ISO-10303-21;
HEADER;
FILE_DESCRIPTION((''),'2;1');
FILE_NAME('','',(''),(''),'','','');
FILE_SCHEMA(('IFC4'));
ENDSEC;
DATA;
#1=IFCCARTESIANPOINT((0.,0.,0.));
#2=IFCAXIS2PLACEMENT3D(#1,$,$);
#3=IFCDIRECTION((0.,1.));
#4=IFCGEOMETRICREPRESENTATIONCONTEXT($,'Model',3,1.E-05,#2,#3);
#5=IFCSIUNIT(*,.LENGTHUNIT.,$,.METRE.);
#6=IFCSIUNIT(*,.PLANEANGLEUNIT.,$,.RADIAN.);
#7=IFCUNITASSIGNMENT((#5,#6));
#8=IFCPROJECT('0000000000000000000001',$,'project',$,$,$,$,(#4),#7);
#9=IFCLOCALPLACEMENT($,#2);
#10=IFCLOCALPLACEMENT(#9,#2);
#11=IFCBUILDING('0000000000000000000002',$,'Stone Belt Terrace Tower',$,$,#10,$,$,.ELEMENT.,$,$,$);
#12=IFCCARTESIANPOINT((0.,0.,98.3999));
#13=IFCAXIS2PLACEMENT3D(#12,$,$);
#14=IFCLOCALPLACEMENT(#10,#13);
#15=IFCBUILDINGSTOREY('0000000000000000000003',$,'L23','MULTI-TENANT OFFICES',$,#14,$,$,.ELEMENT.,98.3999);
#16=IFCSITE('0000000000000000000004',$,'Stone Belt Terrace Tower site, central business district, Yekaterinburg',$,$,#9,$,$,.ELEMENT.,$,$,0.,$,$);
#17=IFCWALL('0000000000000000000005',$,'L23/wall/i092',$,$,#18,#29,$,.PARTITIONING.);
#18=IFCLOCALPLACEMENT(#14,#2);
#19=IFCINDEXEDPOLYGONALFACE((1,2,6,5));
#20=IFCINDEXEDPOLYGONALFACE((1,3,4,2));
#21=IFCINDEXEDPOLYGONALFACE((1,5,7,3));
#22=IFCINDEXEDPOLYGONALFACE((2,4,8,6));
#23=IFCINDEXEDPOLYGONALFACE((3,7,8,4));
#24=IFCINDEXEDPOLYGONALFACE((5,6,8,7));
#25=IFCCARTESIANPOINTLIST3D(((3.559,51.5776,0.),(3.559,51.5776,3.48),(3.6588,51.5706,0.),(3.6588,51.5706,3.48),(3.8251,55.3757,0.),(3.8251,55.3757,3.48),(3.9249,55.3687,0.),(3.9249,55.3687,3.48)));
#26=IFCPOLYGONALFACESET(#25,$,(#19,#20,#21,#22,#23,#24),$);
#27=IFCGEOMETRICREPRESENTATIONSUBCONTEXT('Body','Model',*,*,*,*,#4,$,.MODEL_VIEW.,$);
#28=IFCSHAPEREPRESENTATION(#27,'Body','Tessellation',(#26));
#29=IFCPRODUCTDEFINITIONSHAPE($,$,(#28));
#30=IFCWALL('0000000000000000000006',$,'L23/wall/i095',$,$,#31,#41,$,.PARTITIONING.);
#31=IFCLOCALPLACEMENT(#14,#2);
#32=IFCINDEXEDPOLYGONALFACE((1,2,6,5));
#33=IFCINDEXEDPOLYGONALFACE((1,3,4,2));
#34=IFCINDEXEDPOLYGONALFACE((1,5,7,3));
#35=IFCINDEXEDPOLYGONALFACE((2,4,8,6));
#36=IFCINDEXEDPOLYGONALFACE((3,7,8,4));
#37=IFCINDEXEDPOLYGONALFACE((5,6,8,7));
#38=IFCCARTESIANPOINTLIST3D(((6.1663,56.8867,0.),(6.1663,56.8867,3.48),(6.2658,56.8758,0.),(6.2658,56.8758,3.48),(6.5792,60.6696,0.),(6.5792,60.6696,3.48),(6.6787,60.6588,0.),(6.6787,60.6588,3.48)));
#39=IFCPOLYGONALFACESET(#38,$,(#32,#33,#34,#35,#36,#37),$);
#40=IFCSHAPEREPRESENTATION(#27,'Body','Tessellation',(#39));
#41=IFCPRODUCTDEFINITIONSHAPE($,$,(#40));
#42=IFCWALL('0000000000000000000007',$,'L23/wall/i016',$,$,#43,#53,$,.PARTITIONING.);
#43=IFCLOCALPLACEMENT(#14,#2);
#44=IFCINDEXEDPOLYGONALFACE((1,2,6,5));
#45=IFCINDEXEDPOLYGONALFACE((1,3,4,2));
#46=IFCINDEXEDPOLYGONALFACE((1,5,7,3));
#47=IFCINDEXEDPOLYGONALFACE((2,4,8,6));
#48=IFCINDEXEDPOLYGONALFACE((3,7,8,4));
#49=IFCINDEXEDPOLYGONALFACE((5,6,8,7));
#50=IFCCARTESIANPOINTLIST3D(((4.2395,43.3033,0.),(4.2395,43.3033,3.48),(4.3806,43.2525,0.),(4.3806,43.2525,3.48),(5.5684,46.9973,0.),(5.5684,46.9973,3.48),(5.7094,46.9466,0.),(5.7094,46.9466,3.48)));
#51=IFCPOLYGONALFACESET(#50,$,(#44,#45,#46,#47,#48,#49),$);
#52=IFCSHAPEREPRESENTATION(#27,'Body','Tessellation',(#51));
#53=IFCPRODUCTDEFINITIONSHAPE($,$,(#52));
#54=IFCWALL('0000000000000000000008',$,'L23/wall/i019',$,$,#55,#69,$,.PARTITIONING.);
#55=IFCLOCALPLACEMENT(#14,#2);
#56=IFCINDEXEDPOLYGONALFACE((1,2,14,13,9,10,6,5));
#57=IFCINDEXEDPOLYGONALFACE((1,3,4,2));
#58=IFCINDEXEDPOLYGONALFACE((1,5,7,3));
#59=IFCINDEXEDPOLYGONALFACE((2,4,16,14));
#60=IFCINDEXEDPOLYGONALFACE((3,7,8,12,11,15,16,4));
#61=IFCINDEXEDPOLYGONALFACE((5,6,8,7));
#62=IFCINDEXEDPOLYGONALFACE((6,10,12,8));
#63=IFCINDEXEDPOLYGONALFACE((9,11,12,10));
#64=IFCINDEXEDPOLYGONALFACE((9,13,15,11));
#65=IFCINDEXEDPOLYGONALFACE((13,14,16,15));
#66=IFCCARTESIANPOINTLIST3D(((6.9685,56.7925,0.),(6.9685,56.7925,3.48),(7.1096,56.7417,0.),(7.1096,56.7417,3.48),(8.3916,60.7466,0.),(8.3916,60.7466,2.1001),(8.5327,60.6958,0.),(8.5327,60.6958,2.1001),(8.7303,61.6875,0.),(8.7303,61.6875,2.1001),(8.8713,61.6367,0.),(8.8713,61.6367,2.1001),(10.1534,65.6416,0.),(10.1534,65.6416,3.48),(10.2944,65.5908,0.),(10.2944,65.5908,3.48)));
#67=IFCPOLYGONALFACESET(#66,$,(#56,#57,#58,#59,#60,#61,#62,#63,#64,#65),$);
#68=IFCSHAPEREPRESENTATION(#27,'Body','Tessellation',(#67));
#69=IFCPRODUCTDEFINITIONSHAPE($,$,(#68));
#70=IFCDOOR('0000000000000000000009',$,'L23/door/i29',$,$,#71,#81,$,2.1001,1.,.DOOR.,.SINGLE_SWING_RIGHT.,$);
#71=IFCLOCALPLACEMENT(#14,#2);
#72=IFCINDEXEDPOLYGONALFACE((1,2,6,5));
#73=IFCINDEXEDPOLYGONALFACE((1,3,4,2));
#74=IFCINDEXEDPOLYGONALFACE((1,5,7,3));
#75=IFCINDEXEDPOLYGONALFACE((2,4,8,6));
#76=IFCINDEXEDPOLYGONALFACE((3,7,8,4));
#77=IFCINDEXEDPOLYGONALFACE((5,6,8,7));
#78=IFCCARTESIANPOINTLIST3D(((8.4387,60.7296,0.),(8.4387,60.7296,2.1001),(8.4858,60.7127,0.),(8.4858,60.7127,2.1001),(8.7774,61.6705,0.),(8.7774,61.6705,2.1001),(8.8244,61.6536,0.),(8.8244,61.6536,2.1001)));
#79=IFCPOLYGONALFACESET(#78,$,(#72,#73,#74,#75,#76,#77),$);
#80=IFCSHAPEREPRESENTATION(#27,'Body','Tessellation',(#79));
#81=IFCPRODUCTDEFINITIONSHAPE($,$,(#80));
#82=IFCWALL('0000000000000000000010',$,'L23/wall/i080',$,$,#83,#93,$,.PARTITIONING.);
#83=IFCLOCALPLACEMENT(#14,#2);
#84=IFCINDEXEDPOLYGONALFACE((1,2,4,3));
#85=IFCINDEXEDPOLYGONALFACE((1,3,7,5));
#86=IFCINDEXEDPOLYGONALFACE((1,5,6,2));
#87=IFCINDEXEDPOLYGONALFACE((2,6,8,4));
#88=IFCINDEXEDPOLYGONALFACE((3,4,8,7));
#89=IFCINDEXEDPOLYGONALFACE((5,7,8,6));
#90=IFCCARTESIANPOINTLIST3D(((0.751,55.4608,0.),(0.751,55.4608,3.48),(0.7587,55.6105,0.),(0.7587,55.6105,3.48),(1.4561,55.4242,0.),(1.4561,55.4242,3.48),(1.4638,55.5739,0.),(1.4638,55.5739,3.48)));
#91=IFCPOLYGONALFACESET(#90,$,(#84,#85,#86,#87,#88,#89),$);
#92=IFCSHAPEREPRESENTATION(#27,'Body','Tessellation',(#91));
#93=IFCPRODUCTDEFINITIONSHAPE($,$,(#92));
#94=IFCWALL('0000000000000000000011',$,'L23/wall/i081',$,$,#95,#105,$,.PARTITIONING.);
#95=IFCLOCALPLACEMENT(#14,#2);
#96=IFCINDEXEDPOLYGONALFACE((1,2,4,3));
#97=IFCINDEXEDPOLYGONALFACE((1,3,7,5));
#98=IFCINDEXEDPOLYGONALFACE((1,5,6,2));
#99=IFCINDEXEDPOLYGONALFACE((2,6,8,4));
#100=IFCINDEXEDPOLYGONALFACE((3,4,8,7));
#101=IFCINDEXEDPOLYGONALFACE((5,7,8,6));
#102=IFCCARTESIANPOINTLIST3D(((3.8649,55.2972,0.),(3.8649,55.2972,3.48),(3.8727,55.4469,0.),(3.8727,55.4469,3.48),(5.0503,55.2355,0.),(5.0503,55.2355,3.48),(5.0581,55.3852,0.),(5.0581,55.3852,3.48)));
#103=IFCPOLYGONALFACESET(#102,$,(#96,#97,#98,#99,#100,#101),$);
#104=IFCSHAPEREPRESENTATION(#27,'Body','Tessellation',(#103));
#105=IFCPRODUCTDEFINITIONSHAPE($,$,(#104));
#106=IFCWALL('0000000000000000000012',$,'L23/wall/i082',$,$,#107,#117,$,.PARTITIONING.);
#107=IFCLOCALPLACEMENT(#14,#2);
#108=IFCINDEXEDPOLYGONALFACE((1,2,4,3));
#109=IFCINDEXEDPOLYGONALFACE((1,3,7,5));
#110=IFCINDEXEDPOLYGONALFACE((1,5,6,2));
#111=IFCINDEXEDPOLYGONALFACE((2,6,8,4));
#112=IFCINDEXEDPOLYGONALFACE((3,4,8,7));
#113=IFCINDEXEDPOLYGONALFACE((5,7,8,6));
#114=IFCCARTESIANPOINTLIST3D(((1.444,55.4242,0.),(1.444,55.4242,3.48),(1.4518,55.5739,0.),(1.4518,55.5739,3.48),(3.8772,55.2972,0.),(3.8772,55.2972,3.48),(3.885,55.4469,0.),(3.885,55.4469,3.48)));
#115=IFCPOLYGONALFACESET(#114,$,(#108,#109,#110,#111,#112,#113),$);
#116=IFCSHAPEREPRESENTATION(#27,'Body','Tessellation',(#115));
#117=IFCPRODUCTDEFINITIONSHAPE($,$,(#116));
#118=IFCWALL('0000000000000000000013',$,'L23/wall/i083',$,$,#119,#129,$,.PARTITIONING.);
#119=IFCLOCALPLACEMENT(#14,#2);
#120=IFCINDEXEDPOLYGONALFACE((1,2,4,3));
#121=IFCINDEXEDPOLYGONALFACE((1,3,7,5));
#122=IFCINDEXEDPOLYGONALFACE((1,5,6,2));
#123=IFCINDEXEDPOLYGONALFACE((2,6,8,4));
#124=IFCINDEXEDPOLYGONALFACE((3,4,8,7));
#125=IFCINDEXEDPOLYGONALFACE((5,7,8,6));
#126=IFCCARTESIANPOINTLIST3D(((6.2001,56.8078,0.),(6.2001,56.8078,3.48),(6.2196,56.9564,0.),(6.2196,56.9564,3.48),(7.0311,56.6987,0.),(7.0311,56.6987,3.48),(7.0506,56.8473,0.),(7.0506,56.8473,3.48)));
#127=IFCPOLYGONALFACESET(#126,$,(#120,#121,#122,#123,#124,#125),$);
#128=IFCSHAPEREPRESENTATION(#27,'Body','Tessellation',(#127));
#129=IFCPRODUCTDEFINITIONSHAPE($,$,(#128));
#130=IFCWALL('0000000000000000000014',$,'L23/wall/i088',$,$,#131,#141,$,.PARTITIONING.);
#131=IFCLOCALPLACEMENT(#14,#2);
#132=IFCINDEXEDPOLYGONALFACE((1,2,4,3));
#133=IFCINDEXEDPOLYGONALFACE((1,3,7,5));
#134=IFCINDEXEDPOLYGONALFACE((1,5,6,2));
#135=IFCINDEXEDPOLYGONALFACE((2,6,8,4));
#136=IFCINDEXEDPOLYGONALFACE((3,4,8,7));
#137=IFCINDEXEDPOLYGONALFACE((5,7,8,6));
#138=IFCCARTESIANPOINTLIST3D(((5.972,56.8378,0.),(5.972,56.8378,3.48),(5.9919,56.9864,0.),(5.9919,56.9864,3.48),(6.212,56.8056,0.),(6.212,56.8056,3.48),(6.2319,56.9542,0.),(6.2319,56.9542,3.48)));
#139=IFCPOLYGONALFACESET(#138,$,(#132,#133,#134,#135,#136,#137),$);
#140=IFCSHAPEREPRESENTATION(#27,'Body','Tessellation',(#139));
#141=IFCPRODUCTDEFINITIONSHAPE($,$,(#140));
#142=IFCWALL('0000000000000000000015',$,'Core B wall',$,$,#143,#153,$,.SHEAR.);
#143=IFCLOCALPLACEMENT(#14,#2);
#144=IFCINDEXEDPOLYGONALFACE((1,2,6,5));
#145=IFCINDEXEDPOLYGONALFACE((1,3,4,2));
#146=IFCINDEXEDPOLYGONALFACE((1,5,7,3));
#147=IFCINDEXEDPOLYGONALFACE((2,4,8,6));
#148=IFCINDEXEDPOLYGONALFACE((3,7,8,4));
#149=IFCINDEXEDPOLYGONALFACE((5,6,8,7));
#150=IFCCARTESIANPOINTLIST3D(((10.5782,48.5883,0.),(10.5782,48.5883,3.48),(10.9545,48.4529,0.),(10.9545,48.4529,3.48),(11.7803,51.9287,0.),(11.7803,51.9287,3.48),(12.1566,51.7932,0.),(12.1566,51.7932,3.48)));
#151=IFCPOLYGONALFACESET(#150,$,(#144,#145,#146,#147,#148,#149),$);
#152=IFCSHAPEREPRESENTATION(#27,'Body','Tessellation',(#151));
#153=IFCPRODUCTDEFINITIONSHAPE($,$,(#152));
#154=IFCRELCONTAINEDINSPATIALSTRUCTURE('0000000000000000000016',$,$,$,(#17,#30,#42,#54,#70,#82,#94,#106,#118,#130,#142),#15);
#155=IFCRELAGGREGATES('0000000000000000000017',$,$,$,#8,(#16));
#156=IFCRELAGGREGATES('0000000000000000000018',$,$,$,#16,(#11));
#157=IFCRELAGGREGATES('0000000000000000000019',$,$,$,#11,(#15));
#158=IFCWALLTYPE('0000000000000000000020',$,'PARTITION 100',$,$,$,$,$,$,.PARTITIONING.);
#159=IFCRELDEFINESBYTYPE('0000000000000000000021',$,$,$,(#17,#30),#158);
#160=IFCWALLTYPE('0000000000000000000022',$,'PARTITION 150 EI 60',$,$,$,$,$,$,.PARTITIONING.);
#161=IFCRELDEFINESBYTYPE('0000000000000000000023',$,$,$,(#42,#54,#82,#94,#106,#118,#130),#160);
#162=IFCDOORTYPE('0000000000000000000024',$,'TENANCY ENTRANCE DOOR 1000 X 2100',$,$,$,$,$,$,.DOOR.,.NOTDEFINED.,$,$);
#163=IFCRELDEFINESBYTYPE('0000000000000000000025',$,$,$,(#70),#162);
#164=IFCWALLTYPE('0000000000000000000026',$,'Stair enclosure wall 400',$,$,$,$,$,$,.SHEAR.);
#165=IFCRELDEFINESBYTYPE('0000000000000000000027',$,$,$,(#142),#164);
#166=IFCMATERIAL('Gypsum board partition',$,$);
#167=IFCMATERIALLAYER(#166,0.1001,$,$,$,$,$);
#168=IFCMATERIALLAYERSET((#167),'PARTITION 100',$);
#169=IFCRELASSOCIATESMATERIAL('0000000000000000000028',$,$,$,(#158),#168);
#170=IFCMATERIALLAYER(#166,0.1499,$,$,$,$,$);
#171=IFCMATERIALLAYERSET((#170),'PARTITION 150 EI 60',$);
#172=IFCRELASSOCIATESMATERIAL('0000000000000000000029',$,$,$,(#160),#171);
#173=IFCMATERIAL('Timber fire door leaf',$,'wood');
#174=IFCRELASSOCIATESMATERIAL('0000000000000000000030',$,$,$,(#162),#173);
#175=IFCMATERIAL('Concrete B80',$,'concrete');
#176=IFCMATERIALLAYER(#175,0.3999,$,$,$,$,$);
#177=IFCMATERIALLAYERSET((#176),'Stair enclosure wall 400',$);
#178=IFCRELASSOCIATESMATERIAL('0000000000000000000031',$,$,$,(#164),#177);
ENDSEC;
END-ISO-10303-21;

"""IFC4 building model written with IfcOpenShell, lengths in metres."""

from ifc_helpers import new_model, si_unit, direction, frame, frame_2d, origin, place, context, subcontext, project, spatial, rectangle, extrude, material, layer, layer_set, type_object, element, fill, save


model = new_model("IFC4")

# Units and contexts
model_context = context("Model", 3, precision=1e-05, world=origin(), true_north=direction((0.0, 1.0)))
body_context = subcontext(model_context, "Body", "Model", "MODEL_VIEW")
ifc_project = project(units=[si_unit("LENGTHUNIT", "METRE"), si_unit("PLANEANGLEUNIT", "RADIAN")], contexts=[model_context])

# Site, building, storey
site_placement = place(None, origin())
site = spatial("IfcSite", under=ifc_project, at=site_placement, Name="Stone Belt Terrace Tower site, central business district, Yekaterinburg", CompositionType="ELEMENT", RefElevation=0.0)
building_placement = place(site_placement, origin())
building = spatial("IfcBuilding", under=site, at=building_placement, Name="Stone Belt Terrace Tower", CompositionType="ELEMENT")
storey_placement = place(building_placement, frame((0.0, 0.0, 98.3999)))
storey = spatial("IfcBuildingStorey", under=building, at=storey_placement, Name="L23", Description="MULTI-TENANT OFFICES", CompositionType="ELEMENT", Elevation=98.3999)

# Shared definitions
ifc_material_1 = material(Name="Concrete B80", Category="concrete")

# Shared definitions
ifc_material_2 = material(Name="Gypsum board partition")
ifc_layer_1 = layer(ifc_material_2, 0.1001)
ifc_layer_set_1 = layer_set([ifc_layer_1], Name="PARTITION 100")
wall_type_1 = type_object("IfcWallType", Name="PARTITION 100", PredefinedType="PARTITIONING", material=ifc_layer_set_1)

# Walls
wall_1_placement = place(storey_placement, frame((3.6089, 51.574, 0.0), z_axis=(0.0, 0.0, 1.0), x_axis=(0.069894, 0.997554, 0.0)))
element("IfcWall", 1, at=wall_1_placement, inside=storey, type_object=wall_type_1, Name="L23/wall/i092", PredefinedType="PARTITIONING", context=body_context, shape_type="SweptSolid", body=[
    extrude(rectangle(XDim=3.8074, YDim=0.1001, at=frame_2d((1.9038, 0.0))), origin(), (0.0, 0.0, 1.0), 3.48),
])
wall_2_placement = place(storey_placement, frame((6.2161, 56.8811, 0.0), z_axis=(0.0, 0.0, 1.0), x_axis=(0.108488, 0.994098, 0.0)))
element("IfcWall", 2, at=wall_2_placement, inside=storey, type_object=wall_type_1, Name="L23/wall/i095", PredefinedType="PARTITIONING", context=body_context, shape_type="SweptSolid", body=[
    extrude(rectangle(XDim=3.8054, YDim=0.1001, at=frame_2d((1.9028, 0.0))), origin(), (0.0, 0.0, 1.0), 3.48),
])
ifc_layer_2 = layer(ifc_material_2, 0.1499)
ifc_layer_set_2 = layer_set([ifc_layer_2], Name="PARTITION 150 EI 60")
wall_type_2 = type_object("IfcWallType", Name="PARTITION 150 EI 60", PredefinedType="PARTITIONING", material=ifc_layer_set_2)
wall_3_placement = place(storey_placement, frame((5.6389, 46.9719, 0.0), z_axis=(0.0, 0.0, 1.0), x_axis=(-0.33849, -0.94097, 0.0)))
element("IfcWall", 3, at=wall_3_placement, inside=storey, type_object=wall_type_2, Name="L23/wall/i016", PredefinedType="PARTITIONING", context=body_context, shape_type="SweptSolid", body=[
    extrude(rectangle(XDim=3.9258, YDim=0.1499, at=frame_2d((1.9629, 0.0))), origin(), (0.0, 0.0, 1.0), 3.48),
])

# Wall, opening, door
wall_4_placement = place(storey_placement, frame((7.0391, 56.7671, 0.0), z_axis=(0.0, 0.0, 1.0), x_axis=(0.338638, 0.940917, 0.0)))
wall_4 = element("IfcWall", 4, at=wall_4_placement, inside=storey, type_object=wall_type_2, Name="L23/wall/i019", PredefinedType="PARTITIONING", context=body_context, shape_type="SweptSolid", body=[
    extrude(rectangle(XDim=9.4048, YDim=0.1499, at=frame_2d((4.7024, 0.0))), origin(), (0.0, 0.0, 1.0), 3.48),
])
opening_1_placement = place(wall_4_placement, frame((4.2024, 0.0, 0.0)))
opening_1 = element("IfcOpeningElement", 5, at=opening_1_placement, cuts=wall_4, PredefinedType="OPENING", context=body_context, shape_type="SweptSolid", body=[
    extrude(rectangle(XDim=1.0, YDim=2.1001, at=frame_2d((0.5, 1.05))), frame((0.0, 0.085, 0.0), z_axis=(0.0, -1.0, 0.0), x_axis=(1.0, 0.0, 0.0)), (0.0, 0.0, 1.0), 0.1699),
])
ifc_material_3 = material(Name="Timber fire door leaf", Category="wood")
door_type_1 = type_object("IfcDoorType", Name="TENANCY ENTRANCE DOOR 1000 X 2100", OperationType="NOTDEFINED", PredefinedType="DOOR", material=ifc_material_3)
door_1_placement = place(opening_1_placement, origin())
door_1 = element("IfcDoor", 6, at=door_1_placement, inside=storey, type_object=door_type_1, Name="L23/door/i29", OperationType="SINGLE_SWING_RIGHT", OverallHeight=2.1001, OverallWidth=1.0, PredefinedType="DOOR", context=body_context, shape_type="SweptSolid", body=[
    extrude(rectangle(XDim=1.0, YDim=2.1001, at=frame_2d((0.5, 1.05))), frame((0.0, 0.0249, 0.0), z_axis=(0.0, -1.0, 0.0), x_axis=(1.0, 0.0, 0.0)), (0.0, 0.0, 1.0), 0.05),
])
fill(opening_1, door_1)

# Walls
wall_5_placement = place(storey_placement, frame((1.46, 55.499, 0.0), z_axis=(0.0, 0.0, 1.0), x_axis=(-0.998654, 0.051869, 0.0)))
element("IfcWall", 7, at=wall_5_placement, inside=storey, type_object=wall_type_2, Name="L23/wall/i080", PredefinedType="PARTITIONING", context=body_context, shape_type="SweptSolid", body=[
    extrude(rectangle(XDim=0.7061, YDim=0.1499, at=frame_2d((0.353, 0.0))), origin(), (0.0, 0.0, 1.0), 3.48),
])
wall_6_placement = place(storey_placement, frame((5.0542, 55.3103, 0.0), z_axis=(0.0, 0.0, 1.0), x_axis=(-0.998645, 0.052041, 0.0)))
element("IfcWall", 8, at=wall_6_placement, inside=storey, type_object=wall_type_2, Name="L23/wall/i081", PredefinedType="PARTITIONING", context=body_context, shape_type="SweptSolid", body=[
    extrude(rectangle(XDim=1.187, YDim=0.1499, at=frame_2d((0.5935, 0.0))), origin(), (0.0, 0.0, 1.0), 3.48),
])
wall_7_placement = place(storey_placement, frame((3.8811, 55.3721, 0.0), z_axis=(0.0, 0.0, 1.0), x_axis=(-0.998642, 0.052107, 0.0)))
element("IfcWall", 9, at=wall_7_placement, inside=storey, type_object=wall_type_2, Name="L23/wall/i082", PredefinedType="PARTITIONING", context=body_context, shape_type="SweptSolid", body=[
    extrude(rectangle(XDim=2.4365, YDim=0.1499, at=frame_2d((1.2183, 0.0))), origin(), (0.0, 0.0, 1.0), 3.48),
])
wall_8_placement = place(storey_placement, frame((6.21, 56.8821, 0.0), z_axis=(0.0, 0.0, 1.0), x_axis=(0.991488, -0.130198, 0.0)))
element("IfcWall", 10, at=wall_8_placement, inside=storey, type_object=wall_type_2, Name="L23/wall/i083", PredefinedType="PARTITIONING", context=body_context, shape_type="SweptSolid", body=[
    extrude(rectangle(XDim=0.8381, YDim=0.1499, at=frame_2d((0.4189, 0.0))), origin(), (0.0, 0.0, 1.0), 3.48),
])
wall_9_placement = place(storey_placement, frame((5.9819, 56.9121, 0.0), z_axis=(0.0, 0.0, 1.0), x_axis=(0.991104, -0.133088, 0.0)))
element("IfcWall", 11, at=wall_9_placement, inside=storey, type_object=wall_type_2, Name="L23/wall/i088", PredefinedType="PARTITIONING", context=body_context, shape_type="SweptSolid", body=[
    extrude(rectangle(XDim=0.2422, YDim=0.1499, at=frame_2d((0.1211, 0.0))), origin(), (0.0, 0.0, 1.0), 3.48),
])
ifc_layer_3 = layer(ifc_material_1, 0.3999)
ifc_layer_set_3 = layer_set([ifc_layer_3], Name="Stair enclosure wall 400")
wall_type_3 = type_object("IfcWallType", Name="Stair enclosure wall 400", PredefinedType="SHEAR", material=ifc_layer_set_3)
wall_10_placement = place(storey_placement, frame((10.7664, 48.5208, 0.0), z_axis=(0.0, 0.0, 1.0), x_axis=(0.338627, 0.940921, 0.0)))
element("IfcWall", 12, at=wall_10_placement, inside=storey, type_object=wall_type_3, Name="Core B wall", PredefinedType="SHEAR", context=body_context, shape_type="SweptSolid", body=[
    extrude(rectangle(XDim=3.55, YDim=0.3999, at=frame_2d((1.7749, 0.0))), origin(), (0.0, 0.0, 1.0), 3.48),
])

save(model, "model.ifc")
